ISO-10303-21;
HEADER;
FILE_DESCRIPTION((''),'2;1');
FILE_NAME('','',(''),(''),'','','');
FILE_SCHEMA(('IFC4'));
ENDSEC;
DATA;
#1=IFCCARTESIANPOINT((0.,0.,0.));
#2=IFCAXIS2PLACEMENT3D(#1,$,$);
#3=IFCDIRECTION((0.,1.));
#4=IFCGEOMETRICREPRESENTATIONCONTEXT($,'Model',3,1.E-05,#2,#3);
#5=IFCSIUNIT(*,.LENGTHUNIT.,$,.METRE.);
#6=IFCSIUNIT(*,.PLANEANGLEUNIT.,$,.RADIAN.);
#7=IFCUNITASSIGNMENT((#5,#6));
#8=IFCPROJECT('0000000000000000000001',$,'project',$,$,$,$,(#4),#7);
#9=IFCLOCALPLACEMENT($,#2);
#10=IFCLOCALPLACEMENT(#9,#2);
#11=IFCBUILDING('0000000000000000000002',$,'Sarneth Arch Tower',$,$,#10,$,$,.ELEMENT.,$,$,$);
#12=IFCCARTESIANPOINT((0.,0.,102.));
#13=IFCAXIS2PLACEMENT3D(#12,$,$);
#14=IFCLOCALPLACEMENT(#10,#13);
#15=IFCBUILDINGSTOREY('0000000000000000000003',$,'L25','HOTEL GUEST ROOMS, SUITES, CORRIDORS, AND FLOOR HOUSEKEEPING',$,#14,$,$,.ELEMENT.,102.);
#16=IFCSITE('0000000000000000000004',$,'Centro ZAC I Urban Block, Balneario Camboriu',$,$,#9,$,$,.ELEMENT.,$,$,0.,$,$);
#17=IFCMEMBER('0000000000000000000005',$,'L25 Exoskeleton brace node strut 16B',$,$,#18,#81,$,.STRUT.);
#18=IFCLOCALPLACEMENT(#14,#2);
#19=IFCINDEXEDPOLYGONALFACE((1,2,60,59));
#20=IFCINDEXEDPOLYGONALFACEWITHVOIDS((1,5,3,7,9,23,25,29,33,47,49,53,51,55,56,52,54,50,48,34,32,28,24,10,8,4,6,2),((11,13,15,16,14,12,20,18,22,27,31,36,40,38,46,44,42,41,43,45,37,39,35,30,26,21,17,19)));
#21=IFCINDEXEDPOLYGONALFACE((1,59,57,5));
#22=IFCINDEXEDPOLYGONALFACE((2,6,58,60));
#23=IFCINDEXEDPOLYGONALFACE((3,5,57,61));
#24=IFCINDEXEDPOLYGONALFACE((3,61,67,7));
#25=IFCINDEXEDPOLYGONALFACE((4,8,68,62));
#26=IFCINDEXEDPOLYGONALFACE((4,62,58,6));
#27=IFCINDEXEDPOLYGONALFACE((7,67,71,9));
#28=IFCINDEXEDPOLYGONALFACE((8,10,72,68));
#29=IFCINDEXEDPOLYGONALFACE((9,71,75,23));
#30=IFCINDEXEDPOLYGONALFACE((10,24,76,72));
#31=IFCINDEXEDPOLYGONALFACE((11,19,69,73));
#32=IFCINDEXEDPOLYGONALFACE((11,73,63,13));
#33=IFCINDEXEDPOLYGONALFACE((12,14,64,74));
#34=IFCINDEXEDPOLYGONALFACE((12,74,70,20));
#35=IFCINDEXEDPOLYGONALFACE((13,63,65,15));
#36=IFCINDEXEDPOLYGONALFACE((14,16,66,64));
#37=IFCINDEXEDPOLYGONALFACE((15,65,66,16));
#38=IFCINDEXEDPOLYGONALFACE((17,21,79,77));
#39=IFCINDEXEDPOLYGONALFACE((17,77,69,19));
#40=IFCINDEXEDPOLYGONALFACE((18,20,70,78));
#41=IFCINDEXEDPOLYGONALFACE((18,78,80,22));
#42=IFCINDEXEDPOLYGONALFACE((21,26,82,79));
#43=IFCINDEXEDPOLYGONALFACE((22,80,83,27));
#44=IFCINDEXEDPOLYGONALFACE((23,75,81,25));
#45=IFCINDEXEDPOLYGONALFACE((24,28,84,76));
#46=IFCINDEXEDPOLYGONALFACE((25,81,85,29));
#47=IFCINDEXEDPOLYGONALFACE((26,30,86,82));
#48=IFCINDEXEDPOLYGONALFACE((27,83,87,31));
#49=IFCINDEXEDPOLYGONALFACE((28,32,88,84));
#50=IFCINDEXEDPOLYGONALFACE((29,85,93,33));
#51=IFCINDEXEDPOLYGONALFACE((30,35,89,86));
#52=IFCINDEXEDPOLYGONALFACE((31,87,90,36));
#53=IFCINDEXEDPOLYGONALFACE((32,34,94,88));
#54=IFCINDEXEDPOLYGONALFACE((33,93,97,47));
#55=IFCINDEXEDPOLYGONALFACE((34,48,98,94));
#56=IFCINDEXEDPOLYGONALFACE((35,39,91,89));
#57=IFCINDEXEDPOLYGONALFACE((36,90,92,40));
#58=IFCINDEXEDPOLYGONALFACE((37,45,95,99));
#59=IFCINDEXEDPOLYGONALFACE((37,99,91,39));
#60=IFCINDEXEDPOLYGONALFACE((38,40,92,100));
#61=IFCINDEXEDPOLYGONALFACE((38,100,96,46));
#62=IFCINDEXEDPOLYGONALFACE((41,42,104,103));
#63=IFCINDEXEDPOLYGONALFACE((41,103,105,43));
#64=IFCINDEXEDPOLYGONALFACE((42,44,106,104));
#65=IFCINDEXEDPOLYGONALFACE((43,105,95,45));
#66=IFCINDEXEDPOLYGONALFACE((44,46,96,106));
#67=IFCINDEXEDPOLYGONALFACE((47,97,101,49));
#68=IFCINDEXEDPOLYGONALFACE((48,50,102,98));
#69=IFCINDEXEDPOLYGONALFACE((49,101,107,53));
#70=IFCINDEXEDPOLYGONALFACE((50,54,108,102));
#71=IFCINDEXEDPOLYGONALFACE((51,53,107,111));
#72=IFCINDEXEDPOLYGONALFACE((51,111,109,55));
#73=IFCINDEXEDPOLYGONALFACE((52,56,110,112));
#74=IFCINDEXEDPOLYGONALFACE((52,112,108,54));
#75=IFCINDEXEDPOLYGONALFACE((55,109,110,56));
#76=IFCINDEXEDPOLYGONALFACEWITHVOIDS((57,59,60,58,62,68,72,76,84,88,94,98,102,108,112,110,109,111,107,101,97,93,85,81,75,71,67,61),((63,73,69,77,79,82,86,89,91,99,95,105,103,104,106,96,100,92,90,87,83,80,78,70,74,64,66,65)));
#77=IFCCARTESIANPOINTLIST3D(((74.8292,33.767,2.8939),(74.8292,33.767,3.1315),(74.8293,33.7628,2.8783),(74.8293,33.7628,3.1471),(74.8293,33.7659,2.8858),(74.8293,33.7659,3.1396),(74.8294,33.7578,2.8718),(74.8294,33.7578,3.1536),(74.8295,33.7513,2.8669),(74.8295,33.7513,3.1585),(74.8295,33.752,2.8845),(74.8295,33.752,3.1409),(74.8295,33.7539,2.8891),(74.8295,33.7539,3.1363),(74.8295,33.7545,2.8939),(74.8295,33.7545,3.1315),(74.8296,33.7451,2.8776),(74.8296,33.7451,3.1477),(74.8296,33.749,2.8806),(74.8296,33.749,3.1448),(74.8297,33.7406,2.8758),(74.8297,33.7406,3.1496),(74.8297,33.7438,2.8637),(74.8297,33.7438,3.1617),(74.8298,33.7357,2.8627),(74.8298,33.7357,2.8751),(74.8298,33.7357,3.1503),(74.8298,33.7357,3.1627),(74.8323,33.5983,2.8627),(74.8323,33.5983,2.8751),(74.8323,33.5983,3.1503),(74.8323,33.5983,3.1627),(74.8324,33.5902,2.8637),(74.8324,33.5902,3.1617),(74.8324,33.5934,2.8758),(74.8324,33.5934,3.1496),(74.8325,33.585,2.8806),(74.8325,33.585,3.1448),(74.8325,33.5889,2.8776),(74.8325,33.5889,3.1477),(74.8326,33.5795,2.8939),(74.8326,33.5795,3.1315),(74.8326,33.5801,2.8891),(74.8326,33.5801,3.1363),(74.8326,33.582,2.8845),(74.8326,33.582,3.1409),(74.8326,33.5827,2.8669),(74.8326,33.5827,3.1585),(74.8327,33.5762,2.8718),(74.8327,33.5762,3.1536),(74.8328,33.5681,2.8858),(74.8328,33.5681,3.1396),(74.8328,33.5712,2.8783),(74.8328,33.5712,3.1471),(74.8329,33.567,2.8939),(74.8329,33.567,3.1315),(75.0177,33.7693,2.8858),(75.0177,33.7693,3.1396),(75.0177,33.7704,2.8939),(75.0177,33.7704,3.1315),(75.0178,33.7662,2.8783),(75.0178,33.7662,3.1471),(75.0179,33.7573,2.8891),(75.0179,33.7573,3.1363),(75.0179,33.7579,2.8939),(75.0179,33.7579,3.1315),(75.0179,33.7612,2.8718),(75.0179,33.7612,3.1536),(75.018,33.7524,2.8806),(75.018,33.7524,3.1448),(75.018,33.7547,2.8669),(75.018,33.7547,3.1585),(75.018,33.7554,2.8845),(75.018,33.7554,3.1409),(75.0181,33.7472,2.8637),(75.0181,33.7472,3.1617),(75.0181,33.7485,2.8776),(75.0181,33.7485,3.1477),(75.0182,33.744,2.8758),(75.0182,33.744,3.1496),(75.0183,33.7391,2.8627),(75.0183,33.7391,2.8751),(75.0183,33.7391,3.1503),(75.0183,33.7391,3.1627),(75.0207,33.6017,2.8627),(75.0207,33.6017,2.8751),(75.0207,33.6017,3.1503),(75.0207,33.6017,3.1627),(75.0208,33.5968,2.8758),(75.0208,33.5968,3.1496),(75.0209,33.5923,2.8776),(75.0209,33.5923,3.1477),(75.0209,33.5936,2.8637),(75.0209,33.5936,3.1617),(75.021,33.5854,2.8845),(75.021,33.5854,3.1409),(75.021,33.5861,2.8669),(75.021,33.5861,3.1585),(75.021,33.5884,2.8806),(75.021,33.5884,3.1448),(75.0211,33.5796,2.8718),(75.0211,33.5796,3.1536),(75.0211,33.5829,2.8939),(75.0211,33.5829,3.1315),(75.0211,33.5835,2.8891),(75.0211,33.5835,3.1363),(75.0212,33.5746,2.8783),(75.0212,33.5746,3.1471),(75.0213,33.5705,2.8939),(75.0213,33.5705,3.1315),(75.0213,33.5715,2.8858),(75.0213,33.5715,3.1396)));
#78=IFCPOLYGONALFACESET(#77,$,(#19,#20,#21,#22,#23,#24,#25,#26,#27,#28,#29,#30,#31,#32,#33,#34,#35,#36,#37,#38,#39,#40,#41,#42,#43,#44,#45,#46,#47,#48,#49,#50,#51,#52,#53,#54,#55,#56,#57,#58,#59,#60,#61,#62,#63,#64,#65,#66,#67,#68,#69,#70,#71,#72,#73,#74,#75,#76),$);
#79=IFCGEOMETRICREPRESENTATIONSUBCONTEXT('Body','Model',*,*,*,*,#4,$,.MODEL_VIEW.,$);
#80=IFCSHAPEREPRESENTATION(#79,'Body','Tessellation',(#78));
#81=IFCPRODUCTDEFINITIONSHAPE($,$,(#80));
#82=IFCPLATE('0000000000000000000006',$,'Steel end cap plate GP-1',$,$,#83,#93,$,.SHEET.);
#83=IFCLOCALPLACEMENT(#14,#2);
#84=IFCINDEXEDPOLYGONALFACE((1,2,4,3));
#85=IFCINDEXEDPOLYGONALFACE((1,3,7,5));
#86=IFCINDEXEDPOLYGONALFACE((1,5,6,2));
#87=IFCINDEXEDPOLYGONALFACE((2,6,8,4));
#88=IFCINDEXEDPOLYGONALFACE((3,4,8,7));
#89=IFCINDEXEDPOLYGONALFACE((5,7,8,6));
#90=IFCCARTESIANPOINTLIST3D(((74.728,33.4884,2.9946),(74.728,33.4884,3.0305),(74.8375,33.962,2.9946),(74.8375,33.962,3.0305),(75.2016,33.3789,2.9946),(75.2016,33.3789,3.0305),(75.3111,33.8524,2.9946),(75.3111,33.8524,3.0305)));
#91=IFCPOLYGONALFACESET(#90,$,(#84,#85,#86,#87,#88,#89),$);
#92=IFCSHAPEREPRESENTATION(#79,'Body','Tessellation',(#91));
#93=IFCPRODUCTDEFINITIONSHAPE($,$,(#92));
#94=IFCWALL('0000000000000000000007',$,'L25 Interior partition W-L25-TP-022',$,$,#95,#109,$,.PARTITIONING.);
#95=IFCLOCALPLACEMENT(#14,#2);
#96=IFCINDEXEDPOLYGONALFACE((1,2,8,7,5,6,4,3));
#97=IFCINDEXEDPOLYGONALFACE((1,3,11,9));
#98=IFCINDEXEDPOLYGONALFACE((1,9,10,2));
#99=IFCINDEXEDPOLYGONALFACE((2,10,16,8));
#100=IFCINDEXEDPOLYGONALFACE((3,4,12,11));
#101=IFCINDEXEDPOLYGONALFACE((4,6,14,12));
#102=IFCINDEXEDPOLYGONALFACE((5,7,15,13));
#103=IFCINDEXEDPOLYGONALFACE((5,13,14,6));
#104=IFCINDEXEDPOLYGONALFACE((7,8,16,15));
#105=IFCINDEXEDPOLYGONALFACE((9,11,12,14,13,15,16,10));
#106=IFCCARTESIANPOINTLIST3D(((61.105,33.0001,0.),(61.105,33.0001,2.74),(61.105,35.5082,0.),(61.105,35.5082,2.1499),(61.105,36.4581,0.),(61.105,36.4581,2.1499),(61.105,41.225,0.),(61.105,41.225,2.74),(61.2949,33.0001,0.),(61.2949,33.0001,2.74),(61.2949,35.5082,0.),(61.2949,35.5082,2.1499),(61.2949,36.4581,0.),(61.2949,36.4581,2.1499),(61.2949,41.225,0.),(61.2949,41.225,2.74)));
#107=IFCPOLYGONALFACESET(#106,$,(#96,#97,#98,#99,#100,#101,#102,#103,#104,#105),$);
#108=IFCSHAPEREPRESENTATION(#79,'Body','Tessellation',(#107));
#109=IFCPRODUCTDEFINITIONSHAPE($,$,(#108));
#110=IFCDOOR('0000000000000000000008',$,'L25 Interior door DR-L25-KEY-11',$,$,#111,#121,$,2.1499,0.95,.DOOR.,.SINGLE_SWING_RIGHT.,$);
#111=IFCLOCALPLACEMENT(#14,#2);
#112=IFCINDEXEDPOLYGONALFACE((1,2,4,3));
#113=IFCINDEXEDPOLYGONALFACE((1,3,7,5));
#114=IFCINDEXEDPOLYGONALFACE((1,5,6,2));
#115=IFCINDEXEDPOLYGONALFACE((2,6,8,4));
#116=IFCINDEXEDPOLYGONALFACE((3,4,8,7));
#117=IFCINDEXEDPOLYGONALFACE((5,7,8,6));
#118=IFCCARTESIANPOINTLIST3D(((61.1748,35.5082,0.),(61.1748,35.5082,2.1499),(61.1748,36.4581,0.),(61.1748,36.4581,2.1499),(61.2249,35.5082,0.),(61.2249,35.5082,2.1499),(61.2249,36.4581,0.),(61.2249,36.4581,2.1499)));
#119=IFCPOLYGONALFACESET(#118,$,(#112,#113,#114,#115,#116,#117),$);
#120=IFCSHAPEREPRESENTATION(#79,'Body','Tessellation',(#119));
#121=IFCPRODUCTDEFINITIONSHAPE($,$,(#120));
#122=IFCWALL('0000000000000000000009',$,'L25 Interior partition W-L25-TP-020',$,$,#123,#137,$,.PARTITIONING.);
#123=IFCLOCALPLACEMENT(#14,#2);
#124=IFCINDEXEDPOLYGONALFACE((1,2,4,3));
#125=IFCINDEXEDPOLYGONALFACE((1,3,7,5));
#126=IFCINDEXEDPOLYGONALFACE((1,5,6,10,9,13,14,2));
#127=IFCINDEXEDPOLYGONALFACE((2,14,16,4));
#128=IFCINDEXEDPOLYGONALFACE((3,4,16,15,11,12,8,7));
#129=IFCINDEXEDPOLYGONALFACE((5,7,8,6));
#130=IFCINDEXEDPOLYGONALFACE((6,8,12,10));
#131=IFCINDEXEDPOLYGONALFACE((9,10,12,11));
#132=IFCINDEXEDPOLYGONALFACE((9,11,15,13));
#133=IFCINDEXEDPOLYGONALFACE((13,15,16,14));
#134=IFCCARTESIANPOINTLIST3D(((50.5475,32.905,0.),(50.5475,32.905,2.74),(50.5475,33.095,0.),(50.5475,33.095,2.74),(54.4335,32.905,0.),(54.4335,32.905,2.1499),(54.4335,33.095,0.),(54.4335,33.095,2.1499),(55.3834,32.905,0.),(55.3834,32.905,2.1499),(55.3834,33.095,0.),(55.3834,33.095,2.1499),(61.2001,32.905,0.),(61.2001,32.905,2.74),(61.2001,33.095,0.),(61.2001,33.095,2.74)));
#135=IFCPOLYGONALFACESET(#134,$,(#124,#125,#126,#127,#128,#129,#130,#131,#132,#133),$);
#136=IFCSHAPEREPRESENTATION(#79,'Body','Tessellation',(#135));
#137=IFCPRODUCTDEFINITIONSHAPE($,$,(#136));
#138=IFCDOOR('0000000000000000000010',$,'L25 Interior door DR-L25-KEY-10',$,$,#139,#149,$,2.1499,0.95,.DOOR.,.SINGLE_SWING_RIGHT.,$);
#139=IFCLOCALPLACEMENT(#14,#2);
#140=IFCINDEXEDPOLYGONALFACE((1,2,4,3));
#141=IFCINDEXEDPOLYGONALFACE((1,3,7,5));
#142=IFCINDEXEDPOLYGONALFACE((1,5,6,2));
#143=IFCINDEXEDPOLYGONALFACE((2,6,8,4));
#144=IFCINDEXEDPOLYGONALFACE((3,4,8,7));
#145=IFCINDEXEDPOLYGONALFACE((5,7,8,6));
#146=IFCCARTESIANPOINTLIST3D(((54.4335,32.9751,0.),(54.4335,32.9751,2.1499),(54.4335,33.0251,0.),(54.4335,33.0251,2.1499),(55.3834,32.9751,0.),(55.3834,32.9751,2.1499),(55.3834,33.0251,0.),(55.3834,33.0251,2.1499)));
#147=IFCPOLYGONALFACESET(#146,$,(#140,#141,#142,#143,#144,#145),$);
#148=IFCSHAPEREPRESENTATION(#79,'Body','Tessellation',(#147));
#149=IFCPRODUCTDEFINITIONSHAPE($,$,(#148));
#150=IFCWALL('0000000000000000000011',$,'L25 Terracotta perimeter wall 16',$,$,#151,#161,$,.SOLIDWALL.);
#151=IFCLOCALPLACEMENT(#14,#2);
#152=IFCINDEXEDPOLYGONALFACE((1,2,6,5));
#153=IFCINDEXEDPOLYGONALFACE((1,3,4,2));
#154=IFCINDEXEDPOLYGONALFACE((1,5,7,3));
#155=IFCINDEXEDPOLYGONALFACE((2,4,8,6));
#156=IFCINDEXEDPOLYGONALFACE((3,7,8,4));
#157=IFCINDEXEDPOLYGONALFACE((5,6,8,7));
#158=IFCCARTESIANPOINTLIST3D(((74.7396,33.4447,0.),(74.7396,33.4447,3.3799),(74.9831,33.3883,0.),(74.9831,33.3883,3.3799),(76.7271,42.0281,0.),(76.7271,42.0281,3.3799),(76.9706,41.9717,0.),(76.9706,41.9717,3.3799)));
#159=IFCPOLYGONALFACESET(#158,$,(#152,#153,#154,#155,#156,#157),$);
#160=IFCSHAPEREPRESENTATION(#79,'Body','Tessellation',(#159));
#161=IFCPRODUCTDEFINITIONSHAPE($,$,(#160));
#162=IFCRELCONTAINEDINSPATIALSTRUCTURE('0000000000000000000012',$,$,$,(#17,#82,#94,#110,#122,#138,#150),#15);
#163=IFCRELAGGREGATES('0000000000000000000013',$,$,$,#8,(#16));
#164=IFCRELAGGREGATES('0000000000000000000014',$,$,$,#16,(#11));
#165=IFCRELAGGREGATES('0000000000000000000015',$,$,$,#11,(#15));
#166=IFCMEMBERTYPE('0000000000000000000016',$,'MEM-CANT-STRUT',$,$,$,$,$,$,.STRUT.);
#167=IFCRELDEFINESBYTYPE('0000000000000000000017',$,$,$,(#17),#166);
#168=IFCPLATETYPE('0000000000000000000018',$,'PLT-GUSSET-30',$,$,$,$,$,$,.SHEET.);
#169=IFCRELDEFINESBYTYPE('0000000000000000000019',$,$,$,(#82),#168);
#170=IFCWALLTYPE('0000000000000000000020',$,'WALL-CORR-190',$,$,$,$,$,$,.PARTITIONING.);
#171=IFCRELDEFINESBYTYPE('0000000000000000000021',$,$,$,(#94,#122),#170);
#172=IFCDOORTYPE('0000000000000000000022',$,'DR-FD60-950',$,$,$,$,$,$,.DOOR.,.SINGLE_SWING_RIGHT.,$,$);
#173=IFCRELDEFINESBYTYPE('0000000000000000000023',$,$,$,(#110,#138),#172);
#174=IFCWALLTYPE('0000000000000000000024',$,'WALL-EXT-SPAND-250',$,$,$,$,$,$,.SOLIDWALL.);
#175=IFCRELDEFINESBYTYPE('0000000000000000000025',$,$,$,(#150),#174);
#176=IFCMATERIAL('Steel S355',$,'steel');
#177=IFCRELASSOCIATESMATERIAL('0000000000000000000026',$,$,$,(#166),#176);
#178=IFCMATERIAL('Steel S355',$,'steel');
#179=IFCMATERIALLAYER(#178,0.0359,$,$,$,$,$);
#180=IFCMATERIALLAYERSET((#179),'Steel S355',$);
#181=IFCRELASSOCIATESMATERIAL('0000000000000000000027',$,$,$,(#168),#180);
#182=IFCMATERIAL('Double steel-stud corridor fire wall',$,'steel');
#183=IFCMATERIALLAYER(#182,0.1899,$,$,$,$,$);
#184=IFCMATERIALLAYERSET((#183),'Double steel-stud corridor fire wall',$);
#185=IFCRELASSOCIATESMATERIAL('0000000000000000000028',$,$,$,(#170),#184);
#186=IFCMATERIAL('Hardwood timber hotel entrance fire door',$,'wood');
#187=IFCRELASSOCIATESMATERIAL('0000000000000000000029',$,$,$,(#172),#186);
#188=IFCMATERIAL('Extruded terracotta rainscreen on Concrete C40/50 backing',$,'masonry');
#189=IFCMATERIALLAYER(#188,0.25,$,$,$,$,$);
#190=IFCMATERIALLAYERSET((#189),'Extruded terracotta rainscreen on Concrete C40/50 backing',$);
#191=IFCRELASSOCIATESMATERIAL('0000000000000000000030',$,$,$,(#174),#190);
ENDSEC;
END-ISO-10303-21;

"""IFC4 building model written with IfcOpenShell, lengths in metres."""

from ifc_helpers import new_model, si_unit, direction, frame, frame_2d, origin, origin_2d, place, context, subcontext, project, spatial, rectangle, hollow_rectangle, extrude, material, layer, layer_set, material_profile, profile_set, type_object, element, fill, save


model = new_model("IFC4")

# Units and contexts
model_context = context("Model", 3, precision=1e-05, world=origin(), true_north=direction((0.0, 1.0)))
body_context = subcontext(model_context, "Body", "Model", "MODEL_VIEW")
ifc_project = project(units=[si_unit("LENGTHUNIT", "METRE"), si_unit("PLANEANGLEUNIT", "RADIAN")], contexts=[model_context])

# Site, building, storey
site_placement = place(None, origin())
site = spatial("IfcSite", under=ifc_project, at=site_placement, Name="Centro ZAC I Urban Block, Balneario Camboriu", CompositionType="ELEMENT", RefElevation=0.0)
building_placement = place(site_placement, origin())
building = spatial("IfcBuilding", under=site, at=building_placement, Name="Sarneth Arch Tower", CompositionType="ELEMENT")
storey_placement = place(building_placement, frame((0.0, 0.0, 102.0)))
storey = spatial("IfcBuildingStorey", under=building, at=storey_placement, Name="L25", Description="HOTEL GUEST ROOMS, SUITES, CORRIDORS, AND FLOOR HOUSEKEEPING", CompositionType="ELEMENT", Elevation=102.0)

# Member
ifc_material_1 = material(Name="Steel S355", Category="steel")
ifc_material_profile_1 = material_profile(ifc_material_1, hollow_rectangle(XDim=0.2, YDim=0.3, WallThickness=0.0125, InnerFilletRadius=0.0188, OuterFilletRadius=0.0312, at=origin_2d()), Name="RHS300x200x12.5")
ifc_profile_set_1 = profile_set([ifc_material_profile_1], Name="Steel S355")
member_type = type_object("IfcMemberType", Name="MEM-CANT-STRUT", PredefinedType="STRUT", material=ifc_profile_set_1)
member_placement = place(storey_placement, frame((74.8311, 33.667, 3.0127), z_axis=(0.999836, 0.018132, 0.0), x_axis=(-0.018132, 0.999836, 0.0)))
element("IfcMember", 1, at=member_placement, inside=storey, type_object=member_type, Name="L25 Exoskeleton brace node strut 16B", PredefinedType="STRUT", context=body_context, shape_type="SweptSolid", body=[
    extrude(hollow_rectangle(XDim=0.2, YDim=0.3, WallThickness=0.0125, InnerFilletRadius=0.0188, OuterFilletRadius=0.0312, at=origin_2d()), origin(), (0.0, 0.0, 1.0), 0.1885),
])

# Plate
ifc_material_2 = material(Name="Steel S355", Category="steel")
ifc_layer_1 = layer(ifc_material_2, 0.0359)
ifc_layer_set_1 = layer_set([ifc_layer_1], Name="Steel S355")
plate_type = type_object("IfcPlateType", Name="PLT-GUSSET-30", PredefinedType="SHEET", material=ifc_layer_set_1)
plate_placement = place(storey_placement, frame((75.0195, 33.6704, 2.9946), z_axis=(0.0, 0.0, 1.0), x_axis=(0.225291, 0.974291, 0.0)))
element("IfcPlate", 2, at=plate_placement, inside=storey, type_object=plate_type, Name="Steel end cap plate GP-1", PredefinedType="SHEET", context=body_context, shape_type="SweptSolid", body=[
    extrude(rectangle(XDim=0.4861, YDim=0.4861, at=origin_2d()), origin(), (0.0, 0.0, 1.0), 0.0359),
])

# Walls, openings, doors
ifc_material_3 = material(Name="Double steel-stud corridor fire wall", Category="steel")
ifc_layer_2 = layer(ifc_material_3, 0.1899)
ifc_layer_set_2 = layer_set([ifc_layer_2], Name="Double steel-stud corridor fire wall")
wall_type_1 = type_object("IfcWallType", Name="WALL-CORR-190", PredefinedType="PARTITIONING", material=ifc_layer_set_2)
wall_1_placement = place(storey_placement, frame((61.2, 41.2249, 0.0), z_axis=(0.0, 0.0, 1.0), x_axis=(0.0, -1.0, 0.0)))
wall_1 = element("IfcWall", 3, at=wall_1_placement, inside=storey, type_object=wall_type_1, Name="L25 Interior partition W-L25-TP-022", PredefinedType="PARTITIONING", context=body_context, shape_type="SweptSolid", body=[
    extrude(rectangle(XDim=8.2249, YDim=0.1899, at=frame_2d((4.1123, 0.0))), origin(), (0.0, 0.0, 1.0), 2.74),
])
opening_1_placement = place(wall_1_placement, frame((4.7666, 0.0, 0.0)))
opening_1 = element("IfcOpeningElement", 4, at=opening_1_placement, cuts=wall_1, PredefinedType="OPENING", context=body_context, shape_type="SweptSolid", body=[
    extrude(rectangle(XDim=0.95, YDim=2.1499, at=frame_2d((0.4751, 1.075))), frame((0.0, 0.105, 0.0), z_axis=(0.0, -1.0, 0.0), x_axis=(1.0, 0.0, 0.0)), (0.0, 0.0, 1.0), 0.21),
])
ifc_material_4 = material(Name="Hardwood timber hotel entrance fire door", Category="wood")
door_type_1 = type_object("IfcDoorType", Name="DR-FD60-950", OperationType="SINGLE_SWING_RIGHT", PredefinedType="DOOR", material=ifc_material_4)
door_1_placement = place(opening_1_placement, origin())
door_1 = element("IfcDoor", 5, at=door_1_placement, inside=storey, type_object=door_type_1, Name="L25 Interior door DR-L25-KEY-11", OperationType="SINGLE_SWING_RIGHT", OverallHeight=2.1499, OverallWidth=0.95, PredefinedType="DOOR", context=body_context, shape_type="SweptSolid", body=[
    extrude(rectangle(XDim=0.95, YDim=2.1499, at=frame_2d((0.4751, 1.075))), frame((0.0, 0.0249, 0.0), z_axis=(0.0, -1.0, 0.0), x_axis=(1.0, 0.0, 0.0)), (0.0, 0.0, 1.0), 0.05),
])
fill(opening_1, door_1)
wall_2_placement = place(storey_placement, frame((61.2, 33.0, 0.0), z_axis=(0.0, 0.0, 1.0), x_axis=(-1.0, 0.0, 0.0)))
wall_2 = element("IfcWall", 6, at=wall_2_placement, inside=storey, type_object=wall_type_1, Name="L25 Interior partition W-L25-TP-020", PredefinedType="PARTITIONING", context=body_context, shape_type="SweptSolid", body=[
    extrude(rectangle(XDim=10.6526, YDim=0.1899, at=frame_2d((5.3262, 0.0))), origin(), (0.0, 0.0, 1.0), 2.74),
])
opening_2_placement = place(wall_2_placement, frame((5.8164, 0.0, 0.0)))
opening_2 = element("IfcOpeningElement", 7, at=opening_2_placement, cuts=wall_2, PredefinedType="OPENING", context=body_context, shape_type="SweptSolid", body=[
    extrude(rectangle(XDim=0.95, YDim=2.1499, at=frame_2d((0.4751, 1.075))), frame((0.0, 0.105, 0.0), z_axis=(0.0, -1.0, 0.0), x_axis=(1.0, 0.0, 0.0)), (0.0, 0.0, 1.0), 0.21),
])
door_2_placement = place(opening_2_placement, origin())
door_2 = element("IfcDoor", 8, at=door_2_placement, inside=storey, type_object=door_type_1, Name="L25 Interior door DR-L25-KEY-10", OperationType="SINGLE_SWING_RIGHT", OverallHeight=2.1499, OverallWidth=0.95, PredefinedType="DOOR", context=body_context, shape_type="SweptSolid", body=[
    extrude(rectangle(XDim=0.95, YDim=2.1499, at=frame_2d((0.4751, 1.075))), frame((0.0, 0.0249, 0.0), z_axis=(0.0, -1.0, 0.0), x_axis=(1.0, 0.0, 0.0)), (0.0, 0.0, 1.0), 0.05),
])
fill(opening_2, door_2)

# Wall
ifc_material_5 = material(Name="Extruded terracotta rainscreen on Concrete C40/50 backing", Category="masonry")
ifc_layer_3 = layer(ifc_material_5, 0.25)
ifc_layer_set_3 = layer_set([ifc_layer_3], Name="Extruded terracotta rainscreen on Concrete C40/50 backing")
wall_type_2 = type_object("IfcWallType", Name="WALL-EXT-SPAND-250", PredefinedType="SOLIDWALL", material=ifc_layer_set_3)
wall_3_placement = place(storey_placement, frame((74.8613, 33.4165, 0.0), z_axis=(0.0, 0.0, 1.0), x_axis=(0.225586, 0.974223, 0.0)))
element("IfcWall", 9, at=wall_3_placement, inside=storey, type_object=wall_type_2, Name="L25 Terracotta perimeter wall 16", PredefinedType="SOLIDWALL", context=body_context, shape_type="SweptSolid", body=[
    extrude(rectangle(XDim=8.8105, YDim=0.25, at=frame_2d((4.4053, 0.0))), origin(), (0.0, 0.0, 1.0), 3.3799),
])

save(model, "model.ifc")
